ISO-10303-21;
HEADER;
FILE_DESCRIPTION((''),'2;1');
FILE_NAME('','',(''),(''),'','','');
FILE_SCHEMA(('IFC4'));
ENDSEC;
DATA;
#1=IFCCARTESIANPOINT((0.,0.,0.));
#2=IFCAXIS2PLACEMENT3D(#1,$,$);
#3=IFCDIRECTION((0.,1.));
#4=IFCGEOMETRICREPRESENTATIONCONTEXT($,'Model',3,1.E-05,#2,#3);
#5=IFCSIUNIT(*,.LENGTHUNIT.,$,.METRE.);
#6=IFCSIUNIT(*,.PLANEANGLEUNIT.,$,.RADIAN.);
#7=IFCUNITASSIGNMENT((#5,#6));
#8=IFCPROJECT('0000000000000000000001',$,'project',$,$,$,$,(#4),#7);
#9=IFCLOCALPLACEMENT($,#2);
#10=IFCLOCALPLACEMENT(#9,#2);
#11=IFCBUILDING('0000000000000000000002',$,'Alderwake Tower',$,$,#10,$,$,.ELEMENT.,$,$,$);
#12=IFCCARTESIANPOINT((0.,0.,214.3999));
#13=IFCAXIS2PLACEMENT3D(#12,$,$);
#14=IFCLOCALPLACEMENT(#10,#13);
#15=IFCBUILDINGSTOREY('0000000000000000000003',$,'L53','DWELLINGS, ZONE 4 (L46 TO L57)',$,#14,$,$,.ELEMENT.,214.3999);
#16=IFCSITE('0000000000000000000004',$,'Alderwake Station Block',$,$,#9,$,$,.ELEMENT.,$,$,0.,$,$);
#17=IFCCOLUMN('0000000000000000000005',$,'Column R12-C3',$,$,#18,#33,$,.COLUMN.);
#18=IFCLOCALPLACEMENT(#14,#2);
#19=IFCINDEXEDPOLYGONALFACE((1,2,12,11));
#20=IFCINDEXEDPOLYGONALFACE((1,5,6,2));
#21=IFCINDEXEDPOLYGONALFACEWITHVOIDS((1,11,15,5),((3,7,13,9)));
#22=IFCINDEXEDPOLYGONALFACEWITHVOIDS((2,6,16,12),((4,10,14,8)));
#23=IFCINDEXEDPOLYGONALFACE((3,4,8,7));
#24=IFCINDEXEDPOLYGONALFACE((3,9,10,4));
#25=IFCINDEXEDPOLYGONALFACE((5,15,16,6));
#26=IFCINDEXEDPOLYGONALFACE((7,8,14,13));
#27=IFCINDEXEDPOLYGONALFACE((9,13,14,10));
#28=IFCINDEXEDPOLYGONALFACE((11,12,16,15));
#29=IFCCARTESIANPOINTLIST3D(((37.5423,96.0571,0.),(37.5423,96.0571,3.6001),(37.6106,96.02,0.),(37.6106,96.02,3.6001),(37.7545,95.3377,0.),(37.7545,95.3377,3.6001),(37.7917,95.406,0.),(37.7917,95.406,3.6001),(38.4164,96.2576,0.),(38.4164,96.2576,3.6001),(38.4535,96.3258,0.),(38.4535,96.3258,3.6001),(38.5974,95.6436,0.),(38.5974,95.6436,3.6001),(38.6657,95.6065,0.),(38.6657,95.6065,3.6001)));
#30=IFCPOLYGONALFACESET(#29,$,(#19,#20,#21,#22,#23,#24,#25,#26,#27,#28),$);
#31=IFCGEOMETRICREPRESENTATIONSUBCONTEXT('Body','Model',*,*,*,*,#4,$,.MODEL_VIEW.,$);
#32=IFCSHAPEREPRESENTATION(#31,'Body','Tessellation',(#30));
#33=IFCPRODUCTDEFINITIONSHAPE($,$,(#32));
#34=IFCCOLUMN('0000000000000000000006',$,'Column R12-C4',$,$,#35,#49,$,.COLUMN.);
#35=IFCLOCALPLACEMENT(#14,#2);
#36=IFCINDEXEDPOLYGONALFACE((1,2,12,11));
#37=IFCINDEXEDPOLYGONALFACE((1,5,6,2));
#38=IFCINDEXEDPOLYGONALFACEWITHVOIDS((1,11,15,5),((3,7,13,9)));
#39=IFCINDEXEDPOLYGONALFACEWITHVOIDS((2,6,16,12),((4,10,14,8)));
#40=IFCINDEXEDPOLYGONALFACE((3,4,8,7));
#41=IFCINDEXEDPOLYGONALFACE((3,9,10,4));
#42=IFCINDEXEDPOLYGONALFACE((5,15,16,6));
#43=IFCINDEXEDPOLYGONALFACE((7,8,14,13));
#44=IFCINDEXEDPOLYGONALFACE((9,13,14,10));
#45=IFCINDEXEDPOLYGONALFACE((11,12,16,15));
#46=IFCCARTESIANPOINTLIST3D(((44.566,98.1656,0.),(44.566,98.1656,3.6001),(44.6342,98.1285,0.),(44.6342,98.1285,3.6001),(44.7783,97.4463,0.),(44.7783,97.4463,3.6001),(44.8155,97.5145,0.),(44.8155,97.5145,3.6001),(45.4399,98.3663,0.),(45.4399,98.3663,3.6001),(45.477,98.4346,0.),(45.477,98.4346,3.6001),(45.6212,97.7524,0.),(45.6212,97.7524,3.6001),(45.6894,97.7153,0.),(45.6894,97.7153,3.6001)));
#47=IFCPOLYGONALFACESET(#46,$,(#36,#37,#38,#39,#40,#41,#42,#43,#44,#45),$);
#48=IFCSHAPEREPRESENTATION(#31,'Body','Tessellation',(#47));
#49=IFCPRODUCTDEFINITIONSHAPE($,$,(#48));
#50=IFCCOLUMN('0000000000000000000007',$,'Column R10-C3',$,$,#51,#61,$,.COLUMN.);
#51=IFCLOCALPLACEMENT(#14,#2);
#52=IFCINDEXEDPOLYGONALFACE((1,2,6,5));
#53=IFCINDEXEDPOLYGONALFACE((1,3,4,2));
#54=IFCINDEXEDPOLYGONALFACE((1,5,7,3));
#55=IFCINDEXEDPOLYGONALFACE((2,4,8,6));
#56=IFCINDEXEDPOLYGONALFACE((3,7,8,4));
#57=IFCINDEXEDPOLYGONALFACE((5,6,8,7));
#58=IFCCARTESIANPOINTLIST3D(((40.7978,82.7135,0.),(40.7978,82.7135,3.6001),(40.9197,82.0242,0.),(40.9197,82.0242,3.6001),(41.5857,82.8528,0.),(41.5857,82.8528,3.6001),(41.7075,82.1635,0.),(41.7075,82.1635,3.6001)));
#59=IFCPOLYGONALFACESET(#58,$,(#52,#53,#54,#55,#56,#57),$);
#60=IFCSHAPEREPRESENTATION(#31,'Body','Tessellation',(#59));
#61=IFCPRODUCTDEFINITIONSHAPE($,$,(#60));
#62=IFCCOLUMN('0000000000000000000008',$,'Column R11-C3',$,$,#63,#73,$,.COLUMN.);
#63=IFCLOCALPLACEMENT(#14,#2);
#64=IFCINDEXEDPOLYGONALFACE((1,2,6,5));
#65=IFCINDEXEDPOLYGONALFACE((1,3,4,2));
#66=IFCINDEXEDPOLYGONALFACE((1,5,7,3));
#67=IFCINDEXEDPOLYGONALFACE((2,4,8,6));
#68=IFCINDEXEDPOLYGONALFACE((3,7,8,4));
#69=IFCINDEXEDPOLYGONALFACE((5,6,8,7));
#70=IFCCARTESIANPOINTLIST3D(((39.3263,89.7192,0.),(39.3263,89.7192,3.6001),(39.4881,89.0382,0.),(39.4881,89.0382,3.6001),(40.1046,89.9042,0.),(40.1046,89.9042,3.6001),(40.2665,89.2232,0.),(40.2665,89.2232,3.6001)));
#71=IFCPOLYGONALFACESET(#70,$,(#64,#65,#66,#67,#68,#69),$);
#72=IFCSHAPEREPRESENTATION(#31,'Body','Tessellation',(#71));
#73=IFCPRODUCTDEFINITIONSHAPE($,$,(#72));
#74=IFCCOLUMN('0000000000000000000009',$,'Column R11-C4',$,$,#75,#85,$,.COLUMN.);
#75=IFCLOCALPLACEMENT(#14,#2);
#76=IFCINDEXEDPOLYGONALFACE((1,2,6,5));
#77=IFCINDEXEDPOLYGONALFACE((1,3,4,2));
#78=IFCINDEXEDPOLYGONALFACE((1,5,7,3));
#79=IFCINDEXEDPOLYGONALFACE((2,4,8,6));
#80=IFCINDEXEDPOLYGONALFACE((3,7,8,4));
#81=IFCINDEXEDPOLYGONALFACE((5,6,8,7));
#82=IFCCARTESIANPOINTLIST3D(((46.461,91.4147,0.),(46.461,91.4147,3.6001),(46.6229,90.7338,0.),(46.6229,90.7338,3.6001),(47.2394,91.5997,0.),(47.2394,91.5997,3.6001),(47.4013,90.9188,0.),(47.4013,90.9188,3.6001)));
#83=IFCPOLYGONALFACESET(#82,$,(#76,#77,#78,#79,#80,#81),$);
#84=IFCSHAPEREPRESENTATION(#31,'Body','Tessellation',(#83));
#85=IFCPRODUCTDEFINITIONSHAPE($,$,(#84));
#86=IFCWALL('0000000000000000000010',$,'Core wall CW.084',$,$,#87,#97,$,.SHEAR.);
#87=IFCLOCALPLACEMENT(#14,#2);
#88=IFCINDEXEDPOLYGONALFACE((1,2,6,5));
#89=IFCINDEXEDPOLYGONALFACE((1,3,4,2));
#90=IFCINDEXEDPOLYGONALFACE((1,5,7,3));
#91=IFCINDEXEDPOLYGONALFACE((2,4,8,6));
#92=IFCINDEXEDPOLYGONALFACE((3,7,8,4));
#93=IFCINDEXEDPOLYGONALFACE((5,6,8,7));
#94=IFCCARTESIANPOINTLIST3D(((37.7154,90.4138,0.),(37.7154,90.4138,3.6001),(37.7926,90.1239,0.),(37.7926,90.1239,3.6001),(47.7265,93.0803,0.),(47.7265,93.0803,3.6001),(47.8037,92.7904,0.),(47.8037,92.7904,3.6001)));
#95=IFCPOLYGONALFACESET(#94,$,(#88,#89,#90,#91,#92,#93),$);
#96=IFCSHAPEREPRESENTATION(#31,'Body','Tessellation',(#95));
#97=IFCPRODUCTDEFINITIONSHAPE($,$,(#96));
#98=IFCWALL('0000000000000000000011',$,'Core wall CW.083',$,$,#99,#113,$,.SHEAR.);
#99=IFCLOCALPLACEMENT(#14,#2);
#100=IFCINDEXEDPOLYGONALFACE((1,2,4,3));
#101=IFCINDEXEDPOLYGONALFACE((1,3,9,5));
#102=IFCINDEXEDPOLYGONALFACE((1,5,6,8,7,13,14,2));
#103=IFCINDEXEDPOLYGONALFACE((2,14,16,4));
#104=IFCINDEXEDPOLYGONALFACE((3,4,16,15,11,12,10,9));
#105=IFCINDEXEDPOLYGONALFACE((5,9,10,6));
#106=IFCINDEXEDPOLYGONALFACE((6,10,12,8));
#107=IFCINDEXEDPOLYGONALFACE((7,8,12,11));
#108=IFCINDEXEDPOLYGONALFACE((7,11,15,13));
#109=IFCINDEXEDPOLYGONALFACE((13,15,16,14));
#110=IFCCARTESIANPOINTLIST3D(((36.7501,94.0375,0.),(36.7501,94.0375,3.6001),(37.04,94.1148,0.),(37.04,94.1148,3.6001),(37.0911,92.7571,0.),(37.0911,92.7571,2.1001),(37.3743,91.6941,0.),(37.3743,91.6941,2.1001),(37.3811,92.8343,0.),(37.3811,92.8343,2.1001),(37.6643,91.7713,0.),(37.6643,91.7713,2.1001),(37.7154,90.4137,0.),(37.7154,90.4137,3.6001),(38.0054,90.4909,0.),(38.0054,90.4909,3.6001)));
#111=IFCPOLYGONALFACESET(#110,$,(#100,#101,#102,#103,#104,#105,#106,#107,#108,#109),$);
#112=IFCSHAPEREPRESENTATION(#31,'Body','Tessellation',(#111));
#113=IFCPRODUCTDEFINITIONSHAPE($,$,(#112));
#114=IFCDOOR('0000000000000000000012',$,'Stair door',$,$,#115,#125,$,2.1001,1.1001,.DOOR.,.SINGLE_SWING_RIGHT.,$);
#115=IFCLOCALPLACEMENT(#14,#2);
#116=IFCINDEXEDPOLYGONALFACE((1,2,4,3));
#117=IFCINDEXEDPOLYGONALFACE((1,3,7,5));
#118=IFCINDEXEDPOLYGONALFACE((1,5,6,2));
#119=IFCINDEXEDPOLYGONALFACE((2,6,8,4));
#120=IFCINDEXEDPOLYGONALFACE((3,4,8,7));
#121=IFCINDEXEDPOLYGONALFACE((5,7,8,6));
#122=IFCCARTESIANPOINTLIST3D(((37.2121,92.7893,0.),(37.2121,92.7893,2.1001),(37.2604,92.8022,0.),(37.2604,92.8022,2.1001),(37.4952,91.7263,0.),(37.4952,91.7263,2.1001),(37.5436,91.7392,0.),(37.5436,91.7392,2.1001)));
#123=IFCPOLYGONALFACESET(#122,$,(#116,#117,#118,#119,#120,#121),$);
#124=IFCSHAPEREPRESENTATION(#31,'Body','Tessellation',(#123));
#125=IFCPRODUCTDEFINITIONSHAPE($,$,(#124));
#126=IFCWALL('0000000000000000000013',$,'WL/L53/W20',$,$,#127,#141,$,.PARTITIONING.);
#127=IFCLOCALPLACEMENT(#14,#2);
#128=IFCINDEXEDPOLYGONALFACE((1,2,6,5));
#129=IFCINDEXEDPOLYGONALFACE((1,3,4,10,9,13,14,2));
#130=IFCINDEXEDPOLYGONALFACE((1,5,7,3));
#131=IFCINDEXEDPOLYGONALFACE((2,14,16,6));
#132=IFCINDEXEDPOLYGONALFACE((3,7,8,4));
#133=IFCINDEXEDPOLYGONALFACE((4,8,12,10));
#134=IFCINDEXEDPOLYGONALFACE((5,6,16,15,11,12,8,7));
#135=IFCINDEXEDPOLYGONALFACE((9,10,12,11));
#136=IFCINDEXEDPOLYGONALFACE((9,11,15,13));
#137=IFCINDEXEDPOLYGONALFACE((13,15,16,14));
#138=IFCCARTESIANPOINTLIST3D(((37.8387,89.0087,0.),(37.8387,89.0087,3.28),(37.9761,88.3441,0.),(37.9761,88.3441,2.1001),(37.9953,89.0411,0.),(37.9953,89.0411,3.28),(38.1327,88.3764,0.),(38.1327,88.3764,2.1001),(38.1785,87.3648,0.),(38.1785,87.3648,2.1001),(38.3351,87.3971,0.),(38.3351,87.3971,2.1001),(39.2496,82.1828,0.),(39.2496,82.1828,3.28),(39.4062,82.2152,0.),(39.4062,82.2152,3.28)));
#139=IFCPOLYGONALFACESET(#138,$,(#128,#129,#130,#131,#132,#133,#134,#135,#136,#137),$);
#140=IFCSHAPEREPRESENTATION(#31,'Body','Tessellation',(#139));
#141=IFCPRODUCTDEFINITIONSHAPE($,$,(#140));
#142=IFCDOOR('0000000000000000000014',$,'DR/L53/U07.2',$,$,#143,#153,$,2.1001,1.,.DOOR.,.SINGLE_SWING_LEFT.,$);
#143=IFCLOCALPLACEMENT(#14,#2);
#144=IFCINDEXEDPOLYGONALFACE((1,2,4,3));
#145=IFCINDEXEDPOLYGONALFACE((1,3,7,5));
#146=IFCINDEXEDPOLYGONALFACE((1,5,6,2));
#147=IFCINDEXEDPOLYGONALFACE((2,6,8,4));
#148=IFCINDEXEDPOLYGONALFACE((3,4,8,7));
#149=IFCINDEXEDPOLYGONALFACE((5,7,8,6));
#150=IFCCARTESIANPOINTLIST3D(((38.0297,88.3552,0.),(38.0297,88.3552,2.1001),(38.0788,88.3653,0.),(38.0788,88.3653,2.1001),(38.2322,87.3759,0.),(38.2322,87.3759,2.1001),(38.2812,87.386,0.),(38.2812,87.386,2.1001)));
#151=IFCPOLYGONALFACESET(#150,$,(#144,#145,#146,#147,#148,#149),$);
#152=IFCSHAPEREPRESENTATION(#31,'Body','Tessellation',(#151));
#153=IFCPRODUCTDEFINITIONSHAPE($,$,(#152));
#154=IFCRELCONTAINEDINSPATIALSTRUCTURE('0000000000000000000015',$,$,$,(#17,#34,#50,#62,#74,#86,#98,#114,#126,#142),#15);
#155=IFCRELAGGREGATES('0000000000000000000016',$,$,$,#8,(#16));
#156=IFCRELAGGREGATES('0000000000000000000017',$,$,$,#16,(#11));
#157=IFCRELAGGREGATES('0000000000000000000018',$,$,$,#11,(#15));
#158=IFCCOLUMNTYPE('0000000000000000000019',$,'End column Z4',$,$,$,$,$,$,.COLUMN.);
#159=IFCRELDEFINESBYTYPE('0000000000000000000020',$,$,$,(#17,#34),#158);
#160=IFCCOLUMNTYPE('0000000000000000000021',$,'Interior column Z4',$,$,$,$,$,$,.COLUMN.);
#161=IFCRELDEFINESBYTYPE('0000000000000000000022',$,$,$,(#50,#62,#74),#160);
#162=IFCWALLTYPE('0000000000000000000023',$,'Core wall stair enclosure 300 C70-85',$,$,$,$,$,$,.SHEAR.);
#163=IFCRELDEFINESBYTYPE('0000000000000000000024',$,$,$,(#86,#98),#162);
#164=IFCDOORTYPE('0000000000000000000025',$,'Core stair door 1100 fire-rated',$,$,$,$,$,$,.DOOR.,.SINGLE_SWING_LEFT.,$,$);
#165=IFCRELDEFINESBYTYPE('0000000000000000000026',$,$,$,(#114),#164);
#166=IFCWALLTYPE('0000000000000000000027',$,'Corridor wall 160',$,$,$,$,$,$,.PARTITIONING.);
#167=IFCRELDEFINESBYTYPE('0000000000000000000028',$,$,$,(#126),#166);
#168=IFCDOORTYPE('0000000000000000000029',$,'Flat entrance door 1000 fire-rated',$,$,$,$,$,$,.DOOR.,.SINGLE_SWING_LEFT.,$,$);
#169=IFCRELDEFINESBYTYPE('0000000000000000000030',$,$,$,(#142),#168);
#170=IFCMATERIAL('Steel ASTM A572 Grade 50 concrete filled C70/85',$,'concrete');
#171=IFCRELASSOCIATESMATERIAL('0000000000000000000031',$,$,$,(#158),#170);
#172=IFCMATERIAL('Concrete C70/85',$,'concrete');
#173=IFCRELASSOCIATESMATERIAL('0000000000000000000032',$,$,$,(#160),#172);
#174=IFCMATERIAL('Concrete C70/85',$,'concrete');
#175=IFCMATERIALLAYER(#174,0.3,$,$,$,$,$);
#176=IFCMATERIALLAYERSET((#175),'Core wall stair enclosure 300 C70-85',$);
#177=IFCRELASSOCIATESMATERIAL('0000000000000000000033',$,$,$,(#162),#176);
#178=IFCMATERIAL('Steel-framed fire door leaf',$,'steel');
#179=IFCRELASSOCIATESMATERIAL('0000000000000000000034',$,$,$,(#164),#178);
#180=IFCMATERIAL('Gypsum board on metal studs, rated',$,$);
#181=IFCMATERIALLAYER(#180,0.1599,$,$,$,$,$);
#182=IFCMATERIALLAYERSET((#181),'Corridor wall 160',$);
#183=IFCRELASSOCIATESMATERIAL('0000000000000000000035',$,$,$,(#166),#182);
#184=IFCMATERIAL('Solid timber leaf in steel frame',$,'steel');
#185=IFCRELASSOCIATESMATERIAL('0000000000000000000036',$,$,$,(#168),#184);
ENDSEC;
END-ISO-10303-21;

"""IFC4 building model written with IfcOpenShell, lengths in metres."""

from ifc_helpers import new_model, si_unit, direction, frame, frame_2d, origin, origin_2d, place, context, subcontext, project, spatial, rectangle, hollow_rectangle, extrude, material, layer, layer_set, material_profile, profile_set, type_object, element, fill, save


model = new_model("IFC4")

# Units and contexts
model_context = context("Model", 3, precision=1e-05, world=origin(), true_north=direction((0.0, 1.0)))
body_context = subcontext(model_context, "Body", "Model", "MODEL_VIEW")
ifc_project = project(units=[si_unit("LENGTHUNIT", "METRE"), si_unit("PLANEANGLEUNIT", "RADIAN")], contexts=[model_context])

# Site, building, storey
site_placement = place(None, origin())
site = spatial("IfcSite", under=ifc_project, at=site_placement, Name="Alderwake Station Block", CompositionType="ELEMENT", RefElevation=0.0)
building_placement = place(site_placement, origin())
building = spatial("IfcBuilding", under=site, at=building_placement, Name="Alderwake Tower", CompositionType="ELEMENT")
storey_placement = place(building_placement, frame((0.0, 0.0, 214.3999)))
storey = spatial("IfcBuildingStorey", under=building, at=storey_placement, Name="L53", Description="DWELLINGS, ZONE 4 (L46 TO L57)", CompositionType="ELEMENT", Elevation=214.3999)

# Columns
ifc_material_1 = material(Name="Steel ASTM A572 Grade 50 concrete filled C70/85", Category="concrete")
ifc_material_profile_1 = material_profile(ifc_material_1, hollow_rectangle(XDim=0.75, YDim=0.95, WallThickness=0.0549, at=origin_2d()), Name="BOX 950X750X55")
ifc_profile_set_1 = profile_set([ifc_material_profile_1], Name="Steel ASTM A572 Grade 50 concrete filled C70/85")
column_type_1 = type_object("IfcColumnType", Name="End column Z4", PredefinedType="COLUMN", material=ifc_profile_set_1)
for number, where, z_axis, x_axis, name in (
    (1, (38.104, 95.8318, 0.0), (0.0, 0.0, 1.0), (-0.282879, 0.959156, 0.0), "Column R12-C3"),
    (2, (45.1277, 97.9404, 0.0), (0.0, 0.0, 1.0), (-0.283142, 0.959078, 0.0), "Column R12-C4"),
):
    element("IfcColumn", number, at=place(storey_placement, frame(where, z_axis=z_axis, x_axis=x_axis)), inside=storey, type_object=column_type_1, Name=name, PredefinedType="COLUMN", context=body_context, shape_type="SweptSolid", body=[
        extrude(hollow_rectangle(XDim=0.75, YDim=0.95, WallThickness=0.0549, at=origin_2d()), origin(), (0.0, 0.0, 1.0), 3.6001),
    ])
ifc_material_2 = material(Name="Concrete C70/85", Category="concrete")
ifc_material_profile_2 = material_profile(ifc_material_2, rectangle(XDim=0.7, YDim=0.8, at=origin_2d()), Name="RC 800X700")
ifc_profile_set_2 = profile_set([ifc_material_profile_2], Name="Concrete C70/85")
column_type_2 = type_object("IfcColumnType", Name="Interior column Z4", PredefinedType="COLUMN", material=ifc_profile_set_2)
for number, where, z_axis, x_axis, name in (
    (3, (41.2527, 82.4385, 0.0), (0.0, 0.0, 1.0), (-0.174109, 0.984726, 0.0), "Column R10-C3"),
    (4, (39.7964, 89.4712, 0.0), (0.0, 0.0, 1.0), (-0.231222, 0.972901, 0.0), "Column R11-C3"),
    (5, (46.9312, 91.1667, 0.0), (0.0, 0.0, 1.0), (-0.231222, 0.972901, 0.0), "Column R11-C4"),
):
    element("IfcColumn", number, at=place(storey_placement, frame(where, z_axis=z_axis, x_axis=x_axis)), inside=storey, type_object=column_type_2, Name=name, PredefinedType="COLUMN", context=body_context, shape_type="SweptSolid", body=[
        extrude(rectangle(XDim=0.7, YDim=0.8, at=origin_2d()), origin(), (0.0, 0.0, 1.0), 3.6001),
    ])

# Wall
ifc_material_3 = material(Name="Concrete C70/85", Category="concrete")
ifc_layer_1 = layer(ifc_material_3, 0.3)
ifc_layer_set_1 = layer_set([ifc_layer_1], Name="Core wall stair enclosure 300 C70-85")
wall_type_1 = type_object("IfcWallType", Name="Core wall stair enclosure 300 C70-85", PredefinedType="SHEAR", material=ifc_layer_set_1)
wall_1_placement = place(storey_placement, frame((37.7539, 90.2688, 0.0), z_axis=(0.0, 0.0, 1.0), x_axis=(0.966309, 0.257384, 0.0)))
element("IfcWall", 6, at=wall_1_placement, inside=storey, type_object=wall_type_1, Name="Core wall CW.084", PredefinedType="SHEAR", context=body_context, shape_type="SweptSolid", body=[
    extrude(rectangle(XDim=10.3601, YDim=0.3, at=frame_2d((5.1802, 0.0))), origin(), (0.0, 0.0, 1.0), 3.6001),
])

# Walls, openings, doors
wall_2_placement = place(storey_placement, frame((37.8604, 90.4524, 0.0), z_axis=(0.0, 0.0, 1.0), x_axis=(-0.257411, 0.966302, 0.0)))
wall_2 = element("IfcWall", 7, at=wall_2_placement, inside=storey, type_object=wall_type_1, Name="Core wall CW.083", PredefinedType="SHEAR", context=body_context, shape_type="SweptSolid", body=[
    extrude(rectangle(XDim=3.7502, YDim=0.3, at=frame_2d((1.875, 0.0))), origin(), (0.0, 0.0, 1.0), 3.6001),
])
opening_1_placement = place(wall_2_placement, frame((1.325, 0.0, 0.0)))
opening_1 = element("IfcOpeningElement", 8, at=opening_1_placement, cuts=wall_2, PredefinedType="OPENING", context=body_context, shape_type="SweptSolid", body=[
    extrude(rectangle(XDim=1.1001, YDim=2.1001, at=frame_2d((0.55, 1.05))), frame((0.0, 0.1599, 0.0), z_axis=(0.0, -1.0, 0.0), x_axis=(1.0, 0.0, 0.0)), (0.0, 0.0, 1.0), 0.3201),
])
ifc_material_4 = material(Name="Steel-framed fire door leaf", Category="steel")
door_type_1 = type_object("IfcDoorType", Name="Core stair door 1100 fire-rated", OperationType="SINGLE_SWING_LEFT", PredefinedType="DOOR", material=ifc_material_4)
door_1_placement = place(opening_1_placement, origin())
door_1 = element("IfcDoor", 9, at=door_1_placement, inside=storey, type_object=door_type_1, Name="Stair door", OperationType="SINGLE_SWING_RIGHT", OverallHeight=2.1001, OverallWidth=1.1001, PredefinedType="DOOR", context=body_context, shape_type="SweptSolid", body=[
    extrude(rectangle(XDim=1.1001, YDim=2.1001, at=frame_2d((0.55, 1.05))), frame((0.0, 0.0249, 0.0), z_axis=(0.0, -1.0, 0.0), x_axis=(1.0, 0.0, 0.0)), (0.0, 0.0, 1.0), 0.05),
])
fill(opening_1, door_1)
ifc_material_5 = material(Name="Gypsum board on metal studs, rated")
ifc_layer_2 = layer(ifc_material_5, 0.1599)
ifc_layer_set_2 = layer_set([ifc_layer_2], Name="Corridor wall 160")
wall_type_2 = type_object("IfcWallType", Name="Corridor wall 160", PredefinedType="PARTITIONING", material=ifc_layer_set_2)
wall_3_placement = place(storey_placement, frame((37.917, 89.0249, 0.0), z_axis=(0.0, 0.0, 1.0), x_axis=(0.202417, -0.979299, 0.0)))
wall_3 = element("IfcWall", 10, at=wall_3_placement, inside=storey, type_object=wall_type_2, Name="WL/L53/W20", PredefinedType="PARTITIONING", context=body_context, shape_type="SweptSolid", body=[
    extrude(rectangle(XDim=6.9702, YDim=0.1599, at=frame_2d((3.4851, 0.0))), origin(), (0.0, 0.0, 1.0), 3.28),
])
opening_2_placement = place(wall_3_placement, frame((0.6787, 0.0, 0.0)))
opening_2 = element("IfcOpeningElement", 11, at=opening_2_placement, cuts=wall_3, PredefinedType="OPENING", context=body_context, shape_type="SweptSolid", body=[
    extrude(rectangle(XDim=1.0, YDim=2.1001, at=frame_2d((0.5, 1.05))), frame((0.0, 0.0898, 0.0), z_axis=(0.0, -1.0, 0.0), x_axis=(1.0, 0.0, 0.0)), (0.0, 0.0, 1.0), 0.1799),
])
ifc_material_6 = material(Name="Solid timber leaf in steel frame", Category="steel")
door_type_2 = type_object("IfcDoorType", Name="Flat entrance door 1000 fire-rated", OperationType="SINGLE_SWING_LEFT", PredefinedType="DOOR", material=ifc_material_6)
door_2_placement = place(opening_2_placement, origin())
door_2 = element("IfcDoor", 12, at=door_2_placement, inside=storey, type_object=door_type_2, Name="DR/L53/U07.2", OperationType="SINGLE_SWING_LEFT", OverallHeight=2.1001, OverallWidth=1.0, PredefinedType="DOOR", context=body_context, shape_type="SweptSolid", body=[
    extrude(rectangle(XDim=1.0, YDim=2.1001, at=frame_2d((0.5, 1.05))), frame((0.0, 0.0249, 0.0), z_axis=(0.0, -1.0, 0.0), x_axis=(1.0, 0.0, 0.0)), (0.0, 0.0, 1.0), 0.05),
])
fill(opening_2, door_2)

save(model, "model.ifc")
